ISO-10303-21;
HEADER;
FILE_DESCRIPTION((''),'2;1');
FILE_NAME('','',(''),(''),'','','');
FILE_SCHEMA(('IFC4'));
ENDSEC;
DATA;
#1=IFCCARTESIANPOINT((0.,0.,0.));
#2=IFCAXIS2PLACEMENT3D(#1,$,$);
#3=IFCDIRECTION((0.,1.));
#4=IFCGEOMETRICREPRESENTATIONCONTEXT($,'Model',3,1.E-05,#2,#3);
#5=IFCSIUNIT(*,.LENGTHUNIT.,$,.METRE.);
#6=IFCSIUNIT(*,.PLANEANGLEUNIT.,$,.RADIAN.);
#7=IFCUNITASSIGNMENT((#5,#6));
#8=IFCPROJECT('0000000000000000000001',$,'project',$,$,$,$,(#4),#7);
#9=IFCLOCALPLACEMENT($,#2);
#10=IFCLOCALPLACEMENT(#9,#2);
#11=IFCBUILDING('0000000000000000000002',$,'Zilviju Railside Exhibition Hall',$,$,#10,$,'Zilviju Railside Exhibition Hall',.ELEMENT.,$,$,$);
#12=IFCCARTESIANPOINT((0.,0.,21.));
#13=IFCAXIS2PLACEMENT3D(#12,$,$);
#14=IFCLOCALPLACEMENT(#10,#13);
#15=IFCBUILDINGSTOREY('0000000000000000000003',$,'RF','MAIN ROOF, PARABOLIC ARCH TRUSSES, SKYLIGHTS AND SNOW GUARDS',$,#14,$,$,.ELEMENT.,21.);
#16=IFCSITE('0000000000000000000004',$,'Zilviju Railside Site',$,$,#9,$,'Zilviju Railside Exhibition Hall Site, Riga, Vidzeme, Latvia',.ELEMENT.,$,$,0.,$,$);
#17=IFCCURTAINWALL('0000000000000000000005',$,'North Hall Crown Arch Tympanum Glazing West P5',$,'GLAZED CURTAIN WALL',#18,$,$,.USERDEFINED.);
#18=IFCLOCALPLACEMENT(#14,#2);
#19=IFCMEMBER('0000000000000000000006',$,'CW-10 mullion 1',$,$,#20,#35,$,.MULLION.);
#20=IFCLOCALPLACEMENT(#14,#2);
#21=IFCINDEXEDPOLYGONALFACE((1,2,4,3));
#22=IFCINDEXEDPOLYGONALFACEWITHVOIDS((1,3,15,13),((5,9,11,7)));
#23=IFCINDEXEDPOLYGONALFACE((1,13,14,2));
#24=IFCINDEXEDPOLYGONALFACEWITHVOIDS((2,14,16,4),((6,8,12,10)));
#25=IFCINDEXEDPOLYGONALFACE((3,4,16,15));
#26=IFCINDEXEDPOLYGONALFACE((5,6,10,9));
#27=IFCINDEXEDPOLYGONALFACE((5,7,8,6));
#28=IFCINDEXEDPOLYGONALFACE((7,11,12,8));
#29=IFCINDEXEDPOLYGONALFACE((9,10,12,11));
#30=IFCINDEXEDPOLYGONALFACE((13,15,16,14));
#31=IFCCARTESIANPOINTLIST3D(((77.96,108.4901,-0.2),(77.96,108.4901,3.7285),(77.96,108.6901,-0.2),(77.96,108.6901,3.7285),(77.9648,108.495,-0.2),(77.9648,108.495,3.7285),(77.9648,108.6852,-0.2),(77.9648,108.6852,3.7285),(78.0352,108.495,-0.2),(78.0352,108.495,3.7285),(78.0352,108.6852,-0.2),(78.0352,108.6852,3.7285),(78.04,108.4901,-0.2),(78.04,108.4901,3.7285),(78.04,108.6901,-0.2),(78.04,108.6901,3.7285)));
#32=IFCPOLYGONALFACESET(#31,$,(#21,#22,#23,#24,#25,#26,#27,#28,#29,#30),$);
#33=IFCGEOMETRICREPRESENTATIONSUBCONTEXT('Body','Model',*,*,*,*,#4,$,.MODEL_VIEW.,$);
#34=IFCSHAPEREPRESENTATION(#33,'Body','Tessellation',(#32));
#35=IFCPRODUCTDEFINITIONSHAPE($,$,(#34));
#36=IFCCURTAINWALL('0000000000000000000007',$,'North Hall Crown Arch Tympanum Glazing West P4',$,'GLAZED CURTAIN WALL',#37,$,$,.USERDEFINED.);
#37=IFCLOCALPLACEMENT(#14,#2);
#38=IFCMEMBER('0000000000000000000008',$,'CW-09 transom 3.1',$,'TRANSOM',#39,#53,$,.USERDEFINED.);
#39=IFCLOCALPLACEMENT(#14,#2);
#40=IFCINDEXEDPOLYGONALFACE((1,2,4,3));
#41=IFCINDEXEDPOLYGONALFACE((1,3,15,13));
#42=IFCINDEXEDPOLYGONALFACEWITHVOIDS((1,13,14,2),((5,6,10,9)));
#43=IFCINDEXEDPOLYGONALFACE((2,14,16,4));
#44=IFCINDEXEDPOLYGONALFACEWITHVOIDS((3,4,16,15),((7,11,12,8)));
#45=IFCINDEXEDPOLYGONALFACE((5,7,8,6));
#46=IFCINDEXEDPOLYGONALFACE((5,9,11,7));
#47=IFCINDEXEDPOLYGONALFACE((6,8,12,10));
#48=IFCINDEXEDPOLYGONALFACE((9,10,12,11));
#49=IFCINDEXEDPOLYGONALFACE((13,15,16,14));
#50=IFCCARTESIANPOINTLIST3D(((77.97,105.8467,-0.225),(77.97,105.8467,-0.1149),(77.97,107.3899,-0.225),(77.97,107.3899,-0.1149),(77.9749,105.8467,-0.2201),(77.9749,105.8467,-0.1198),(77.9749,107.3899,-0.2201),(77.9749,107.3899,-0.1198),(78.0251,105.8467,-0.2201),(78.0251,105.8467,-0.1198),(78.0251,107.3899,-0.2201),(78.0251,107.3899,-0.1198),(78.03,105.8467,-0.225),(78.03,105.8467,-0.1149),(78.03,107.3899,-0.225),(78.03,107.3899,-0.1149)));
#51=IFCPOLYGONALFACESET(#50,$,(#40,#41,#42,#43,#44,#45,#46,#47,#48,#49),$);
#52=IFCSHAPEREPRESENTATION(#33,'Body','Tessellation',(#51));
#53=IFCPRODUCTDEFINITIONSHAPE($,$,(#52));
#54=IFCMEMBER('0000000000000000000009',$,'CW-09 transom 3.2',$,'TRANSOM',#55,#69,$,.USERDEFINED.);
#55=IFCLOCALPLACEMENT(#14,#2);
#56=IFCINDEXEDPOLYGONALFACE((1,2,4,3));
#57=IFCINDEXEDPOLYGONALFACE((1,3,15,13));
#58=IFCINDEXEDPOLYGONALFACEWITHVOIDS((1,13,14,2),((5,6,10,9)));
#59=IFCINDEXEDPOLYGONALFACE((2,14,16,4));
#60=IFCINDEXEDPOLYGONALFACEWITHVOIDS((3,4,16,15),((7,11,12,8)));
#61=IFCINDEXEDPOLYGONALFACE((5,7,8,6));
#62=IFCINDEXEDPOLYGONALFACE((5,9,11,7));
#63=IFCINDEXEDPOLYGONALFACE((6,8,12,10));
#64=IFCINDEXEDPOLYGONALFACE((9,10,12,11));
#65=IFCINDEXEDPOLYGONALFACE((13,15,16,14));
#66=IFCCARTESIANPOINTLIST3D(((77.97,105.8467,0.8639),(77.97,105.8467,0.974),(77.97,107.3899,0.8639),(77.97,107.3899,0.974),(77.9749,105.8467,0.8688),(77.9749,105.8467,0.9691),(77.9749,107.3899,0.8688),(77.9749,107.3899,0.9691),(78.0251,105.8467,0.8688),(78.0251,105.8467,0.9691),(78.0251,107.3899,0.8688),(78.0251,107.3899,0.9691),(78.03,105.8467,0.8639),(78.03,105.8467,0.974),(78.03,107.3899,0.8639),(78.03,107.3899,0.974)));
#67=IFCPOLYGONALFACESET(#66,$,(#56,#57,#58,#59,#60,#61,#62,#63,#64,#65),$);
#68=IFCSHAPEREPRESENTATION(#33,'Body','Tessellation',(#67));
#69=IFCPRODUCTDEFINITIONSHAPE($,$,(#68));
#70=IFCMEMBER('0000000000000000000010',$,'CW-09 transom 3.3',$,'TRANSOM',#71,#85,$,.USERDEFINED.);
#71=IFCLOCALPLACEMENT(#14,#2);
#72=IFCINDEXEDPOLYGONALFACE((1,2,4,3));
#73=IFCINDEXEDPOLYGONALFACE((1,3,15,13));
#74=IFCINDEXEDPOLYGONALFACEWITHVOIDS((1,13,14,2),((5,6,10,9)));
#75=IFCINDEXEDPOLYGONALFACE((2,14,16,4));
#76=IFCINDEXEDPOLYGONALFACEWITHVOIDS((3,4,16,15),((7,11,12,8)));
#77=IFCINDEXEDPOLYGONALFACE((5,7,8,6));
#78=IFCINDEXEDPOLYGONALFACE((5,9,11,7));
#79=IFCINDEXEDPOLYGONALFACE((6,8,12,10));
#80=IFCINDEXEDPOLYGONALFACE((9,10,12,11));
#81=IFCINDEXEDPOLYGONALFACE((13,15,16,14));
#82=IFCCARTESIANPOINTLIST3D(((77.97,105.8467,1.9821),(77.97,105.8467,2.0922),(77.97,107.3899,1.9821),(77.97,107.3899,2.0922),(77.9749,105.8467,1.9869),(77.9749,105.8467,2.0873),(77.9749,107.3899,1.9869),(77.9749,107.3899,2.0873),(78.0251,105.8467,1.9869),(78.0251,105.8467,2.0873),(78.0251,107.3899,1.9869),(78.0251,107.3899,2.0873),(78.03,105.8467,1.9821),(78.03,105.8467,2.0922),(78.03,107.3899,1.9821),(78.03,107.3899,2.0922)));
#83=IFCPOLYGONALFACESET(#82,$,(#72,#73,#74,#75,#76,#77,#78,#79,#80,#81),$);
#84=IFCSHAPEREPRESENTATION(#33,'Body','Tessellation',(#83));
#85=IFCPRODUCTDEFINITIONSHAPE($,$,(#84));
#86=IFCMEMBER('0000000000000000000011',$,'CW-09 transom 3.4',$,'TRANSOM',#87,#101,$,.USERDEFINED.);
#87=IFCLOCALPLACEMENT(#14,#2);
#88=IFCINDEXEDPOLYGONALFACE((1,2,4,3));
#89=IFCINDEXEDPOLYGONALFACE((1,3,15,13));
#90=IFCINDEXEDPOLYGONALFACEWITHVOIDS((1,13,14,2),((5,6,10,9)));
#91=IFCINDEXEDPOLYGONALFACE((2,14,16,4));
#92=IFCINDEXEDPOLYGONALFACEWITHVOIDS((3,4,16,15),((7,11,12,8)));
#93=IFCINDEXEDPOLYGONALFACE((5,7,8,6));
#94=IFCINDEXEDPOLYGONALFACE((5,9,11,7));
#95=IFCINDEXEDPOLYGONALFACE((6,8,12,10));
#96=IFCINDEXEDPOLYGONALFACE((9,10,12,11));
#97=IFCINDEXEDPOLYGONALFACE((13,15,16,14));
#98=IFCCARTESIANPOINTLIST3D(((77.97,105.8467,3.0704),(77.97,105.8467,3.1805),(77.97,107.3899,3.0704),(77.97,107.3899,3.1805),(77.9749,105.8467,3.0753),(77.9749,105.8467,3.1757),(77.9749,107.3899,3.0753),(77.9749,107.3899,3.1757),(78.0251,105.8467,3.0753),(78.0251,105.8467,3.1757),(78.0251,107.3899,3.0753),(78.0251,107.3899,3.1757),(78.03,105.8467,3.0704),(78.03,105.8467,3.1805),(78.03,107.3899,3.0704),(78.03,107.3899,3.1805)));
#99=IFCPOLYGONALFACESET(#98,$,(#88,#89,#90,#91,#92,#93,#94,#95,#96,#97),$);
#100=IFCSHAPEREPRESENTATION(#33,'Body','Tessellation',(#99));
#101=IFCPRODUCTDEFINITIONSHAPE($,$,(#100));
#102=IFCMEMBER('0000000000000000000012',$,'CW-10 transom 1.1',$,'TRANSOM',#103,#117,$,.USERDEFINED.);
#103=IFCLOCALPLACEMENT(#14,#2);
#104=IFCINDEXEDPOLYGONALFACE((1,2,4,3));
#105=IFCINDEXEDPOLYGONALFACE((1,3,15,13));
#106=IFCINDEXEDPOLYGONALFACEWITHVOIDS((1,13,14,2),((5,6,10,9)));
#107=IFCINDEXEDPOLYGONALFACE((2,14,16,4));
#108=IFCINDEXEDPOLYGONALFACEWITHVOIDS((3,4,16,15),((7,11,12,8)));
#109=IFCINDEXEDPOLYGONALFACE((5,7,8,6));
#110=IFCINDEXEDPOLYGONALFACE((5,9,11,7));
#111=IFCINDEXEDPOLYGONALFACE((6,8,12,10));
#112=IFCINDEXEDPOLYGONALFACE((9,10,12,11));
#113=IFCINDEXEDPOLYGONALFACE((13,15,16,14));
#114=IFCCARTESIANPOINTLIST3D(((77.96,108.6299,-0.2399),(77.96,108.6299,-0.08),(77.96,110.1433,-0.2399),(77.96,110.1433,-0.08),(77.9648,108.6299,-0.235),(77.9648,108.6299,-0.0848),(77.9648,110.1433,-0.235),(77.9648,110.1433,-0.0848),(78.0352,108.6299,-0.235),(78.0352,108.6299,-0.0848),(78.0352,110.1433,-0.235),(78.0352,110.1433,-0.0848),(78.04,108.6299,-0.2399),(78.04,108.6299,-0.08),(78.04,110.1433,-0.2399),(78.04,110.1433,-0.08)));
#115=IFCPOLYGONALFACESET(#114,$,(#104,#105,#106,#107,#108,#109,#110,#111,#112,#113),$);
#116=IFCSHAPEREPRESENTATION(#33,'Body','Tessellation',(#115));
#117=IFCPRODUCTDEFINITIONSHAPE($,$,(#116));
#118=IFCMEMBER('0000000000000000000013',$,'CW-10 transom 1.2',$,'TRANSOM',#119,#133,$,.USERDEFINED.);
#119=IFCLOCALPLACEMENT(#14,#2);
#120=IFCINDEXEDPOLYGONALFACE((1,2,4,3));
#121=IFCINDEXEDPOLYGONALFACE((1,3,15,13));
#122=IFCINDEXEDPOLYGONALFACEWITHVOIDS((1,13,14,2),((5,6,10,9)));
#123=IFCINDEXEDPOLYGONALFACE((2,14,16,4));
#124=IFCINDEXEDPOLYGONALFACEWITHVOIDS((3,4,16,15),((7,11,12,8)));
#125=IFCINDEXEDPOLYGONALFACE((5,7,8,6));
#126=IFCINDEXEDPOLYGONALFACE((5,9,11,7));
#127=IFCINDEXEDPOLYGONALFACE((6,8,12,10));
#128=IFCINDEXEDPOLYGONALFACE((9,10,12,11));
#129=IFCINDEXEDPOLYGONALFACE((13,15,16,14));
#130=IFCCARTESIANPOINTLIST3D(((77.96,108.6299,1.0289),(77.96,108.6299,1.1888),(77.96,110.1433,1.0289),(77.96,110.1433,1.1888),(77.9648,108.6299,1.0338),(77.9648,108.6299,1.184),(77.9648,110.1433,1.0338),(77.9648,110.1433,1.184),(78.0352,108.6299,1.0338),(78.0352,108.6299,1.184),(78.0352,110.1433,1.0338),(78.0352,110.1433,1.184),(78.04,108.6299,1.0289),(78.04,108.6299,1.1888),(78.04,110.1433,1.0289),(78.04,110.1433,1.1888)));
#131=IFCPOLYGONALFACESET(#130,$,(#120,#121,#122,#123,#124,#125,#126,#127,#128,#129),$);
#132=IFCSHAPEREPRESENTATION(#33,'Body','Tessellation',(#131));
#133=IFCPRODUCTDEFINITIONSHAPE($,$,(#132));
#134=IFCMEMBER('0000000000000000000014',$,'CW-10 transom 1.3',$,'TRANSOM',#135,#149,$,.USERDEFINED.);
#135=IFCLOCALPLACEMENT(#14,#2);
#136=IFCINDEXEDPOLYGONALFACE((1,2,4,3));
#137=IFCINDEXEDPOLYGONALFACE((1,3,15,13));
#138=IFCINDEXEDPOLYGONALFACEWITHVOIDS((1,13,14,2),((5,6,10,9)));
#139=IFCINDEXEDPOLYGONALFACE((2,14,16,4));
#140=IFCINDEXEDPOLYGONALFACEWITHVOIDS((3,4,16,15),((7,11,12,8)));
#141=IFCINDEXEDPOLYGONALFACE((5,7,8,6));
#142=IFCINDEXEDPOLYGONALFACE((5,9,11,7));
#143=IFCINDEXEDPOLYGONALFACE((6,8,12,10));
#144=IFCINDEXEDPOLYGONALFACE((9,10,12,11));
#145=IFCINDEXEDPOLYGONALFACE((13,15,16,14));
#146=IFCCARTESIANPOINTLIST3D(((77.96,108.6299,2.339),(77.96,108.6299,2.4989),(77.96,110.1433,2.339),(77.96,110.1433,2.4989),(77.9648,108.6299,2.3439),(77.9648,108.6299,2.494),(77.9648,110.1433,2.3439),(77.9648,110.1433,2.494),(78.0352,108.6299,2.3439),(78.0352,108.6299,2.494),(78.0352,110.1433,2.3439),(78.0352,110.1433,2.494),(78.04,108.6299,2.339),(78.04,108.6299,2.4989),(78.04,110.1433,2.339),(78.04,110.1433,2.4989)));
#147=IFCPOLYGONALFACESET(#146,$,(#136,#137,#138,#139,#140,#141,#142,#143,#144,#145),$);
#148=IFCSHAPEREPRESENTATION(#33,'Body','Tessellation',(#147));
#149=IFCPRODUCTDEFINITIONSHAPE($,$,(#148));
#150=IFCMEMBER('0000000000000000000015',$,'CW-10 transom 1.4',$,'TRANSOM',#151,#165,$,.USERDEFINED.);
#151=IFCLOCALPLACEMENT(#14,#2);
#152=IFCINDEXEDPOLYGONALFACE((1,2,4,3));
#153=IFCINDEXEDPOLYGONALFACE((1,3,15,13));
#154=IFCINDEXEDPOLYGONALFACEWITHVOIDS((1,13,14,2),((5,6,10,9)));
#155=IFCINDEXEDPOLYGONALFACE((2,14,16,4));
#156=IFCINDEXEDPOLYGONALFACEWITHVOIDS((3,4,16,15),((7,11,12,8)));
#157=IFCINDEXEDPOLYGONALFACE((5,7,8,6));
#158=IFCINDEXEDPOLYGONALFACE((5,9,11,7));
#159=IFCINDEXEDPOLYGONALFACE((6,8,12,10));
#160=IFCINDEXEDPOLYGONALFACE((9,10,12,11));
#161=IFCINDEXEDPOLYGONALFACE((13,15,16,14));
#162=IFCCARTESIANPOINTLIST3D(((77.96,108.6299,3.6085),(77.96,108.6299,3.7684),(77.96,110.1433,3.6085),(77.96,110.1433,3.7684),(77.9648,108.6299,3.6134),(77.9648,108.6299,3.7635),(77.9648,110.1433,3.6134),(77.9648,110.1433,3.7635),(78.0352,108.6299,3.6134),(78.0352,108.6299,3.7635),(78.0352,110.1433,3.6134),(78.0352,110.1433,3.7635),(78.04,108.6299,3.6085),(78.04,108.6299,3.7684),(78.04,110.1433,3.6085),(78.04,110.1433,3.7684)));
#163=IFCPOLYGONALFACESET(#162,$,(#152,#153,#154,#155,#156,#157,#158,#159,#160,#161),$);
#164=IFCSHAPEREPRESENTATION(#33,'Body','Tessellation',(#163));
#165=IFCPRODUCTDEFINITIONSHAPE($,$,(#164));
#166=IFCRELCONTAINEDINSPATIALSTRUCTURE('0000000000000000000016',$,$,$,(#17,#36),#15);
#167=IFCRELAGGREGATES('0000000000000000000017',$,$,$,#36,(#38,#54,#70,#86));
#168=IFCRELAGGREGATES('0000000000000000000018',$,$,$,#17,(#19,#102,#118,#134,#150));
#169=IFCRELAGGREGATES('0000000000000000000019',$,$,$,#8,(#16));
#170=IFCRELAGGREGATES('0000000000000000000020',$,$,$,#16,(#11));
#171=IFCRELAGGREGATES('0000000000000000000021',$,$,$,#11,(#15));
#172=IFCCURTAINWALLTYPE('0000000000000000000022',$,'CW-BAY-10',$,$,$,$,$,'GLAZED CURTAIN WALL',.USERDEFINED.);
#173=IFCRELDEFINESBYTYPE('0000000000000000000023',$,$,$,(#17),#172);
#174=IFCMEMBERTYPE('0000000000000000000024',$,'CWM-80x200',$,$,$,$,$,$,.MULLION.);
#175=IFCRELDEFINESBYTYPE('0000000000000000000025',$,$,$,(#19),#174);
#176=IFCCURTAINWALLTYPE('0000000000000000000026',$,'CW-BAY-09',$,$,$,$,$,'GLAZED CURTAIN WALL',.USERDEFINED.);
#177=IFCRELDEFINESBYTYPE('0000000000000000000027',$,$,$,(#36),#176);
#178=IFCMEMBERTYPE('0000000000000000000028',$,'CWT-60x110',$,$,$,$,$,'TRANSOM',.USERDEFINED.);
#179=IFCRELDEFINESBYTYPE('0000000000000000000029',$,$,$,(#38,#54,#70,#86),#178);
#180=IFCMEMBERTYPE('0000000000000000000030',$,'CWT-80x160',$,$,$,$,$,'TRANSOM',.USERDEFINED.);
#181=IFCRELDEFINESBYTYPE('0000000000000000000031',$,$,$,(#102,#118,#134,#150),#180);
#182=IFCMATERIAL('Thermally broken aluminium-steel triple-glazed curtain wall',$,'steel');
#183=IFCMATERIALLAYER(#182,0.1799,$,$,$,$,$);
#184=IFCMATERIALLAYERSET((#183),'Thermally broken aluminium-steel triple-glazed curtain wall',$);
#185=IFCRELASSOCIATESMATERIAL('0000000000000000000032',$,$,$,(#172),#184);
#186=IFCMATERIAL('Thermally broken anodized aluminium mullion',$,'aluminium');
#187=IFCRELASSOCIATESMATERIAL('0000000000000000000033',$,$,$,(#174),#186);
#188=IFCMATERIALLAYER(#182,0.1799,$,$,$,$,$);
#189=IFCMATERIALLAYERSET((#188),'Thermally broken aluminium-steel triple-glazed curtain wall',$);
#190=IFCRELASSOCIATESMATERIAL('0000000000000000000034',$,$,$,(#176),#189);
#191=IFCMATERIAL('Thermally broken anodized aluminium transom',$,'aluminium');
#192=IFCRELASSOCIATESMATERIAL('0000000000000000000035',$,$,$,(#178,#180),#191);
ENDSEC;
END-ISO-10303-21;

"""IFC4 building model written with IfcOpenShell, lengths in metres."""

from ifc_helpers import new_model, si_unit, direction, frame, origin, origin_2d, place, context, subcontext, project, spatial, hollow_rectangle, extrude, material, layer, layer_set, material_profile, profile_set, type_object, element, aggregate, save


model = new_model("IFC4")

# Units and contexts
model_context = context("Model", 3, precision=1e-05, world=origin(), true_north=direction((0.0, 1.0)))
body_context = subcontext(model_context, "Body", "Model", "MODEL_VIEW")
ifc_project = project(units=[si_unit("LENGTHUNIT", "METRE"), si_unit("PLANEANGLEUNIT", "RADIAN")], contexts=[model_context])

# Site, building, storey
site_placement = place(None, origin())
site = spatial("IfcSite", under=ifc_project, at=site_placement, Name="Zilviju Railside Site", LongName="Zilviju Railside Exhibition Hall Site, Riga, Vidzeme, Latvia", CompositionType="ELEMENT", RefElevation=0.0)
building_placement = place(site_placement, origin())
building = spatial("IfcBuilding", under=site, at=building_placement, Name="Zilviju Railside Exhibition Hall", LongName="Zilviju Railside Exhibition Hall", CompositionType="ELEMENT")
storey_placement = place(building_placement, frame((0.0, 0.0, 21.0)))
storey = spatial("IfcBuildingStorey", under=building, at=storey_placement, Name="RF", Description="MAIN ROOF, PARABOLIC ARCH TRUSSES, SKYLIGHTS AND SNOW GUARDS", CompositionType="ELEMENT", Elevation=21.0)

# Curtain wall, member
ifc_material_1 = material(Name="Thermally broken aluminium-steel triple-glazed curtain wall", Category="steel")
ifc_layer_1 = layer(ifc_material_1, 0.1799)
ifc_layer_set_1 = layer_set([ifc_layer_1], Name="Thermally broken aluminium-steel triple-glazed curtain wall")
curtain_wall_type_1 = type_object("IfcCurtainWallType", Name="CW-BAY-10", ElementType="GLAZED CURTAIN WALL", PredefinedType="USERDEFINED", material=ifc_layer_set_1)
curtain_wall_1_placement = place(storey_placement, origin())
curtain_wall_1 = element("IfcCurtainWall", 1, at=curtain_wall_1_placement, inside=storey, type_object=curtain_wall_type_1, Name="North Hall Crown Arch Tympanum Glazing West P5", ObjectType="GLAZED CURTAIN WALL", PredefinedType="USERDEFINED")
ifc_material_2 = material(Name="Thermally broken anodized aluminium mullion", Category="aluminium")
ifc_material_profile_1 = material_profile(ifc_material_2, hollow_rectangle(XDim=0.0801, YDim=0.2, WallThickness=0.0049, at=origin_2d()), Name="MULLION 200x80x5")
ifc_profile_set_1 = profile_set([ifc_material_profile_1], Name="Thermally broken anodized aluminium mullion")
member_type_1 = type_object("IfcMemberType", Name="CWM-80x200", PredefinedType="MULLION", material=ifc_profile_set_1)
member_1_placement = place(storey_placement, frame((78.0, 108.5901, -0.2), z_axis=(0.0, 0.0, 1.0), x_axis=(-1.0, 0.0, 0.0)))
member_1 = element("IfcMember", 2, at=member_1_placement, type_object=member_type_1, Name="CW-10 mullion 1", PredefinedType="MULLION", context=body_context, shape_type="SweptSolid", body=[
    extrude(hollow_rectangle(XDim=0.0801, YDim=0.2, WallThickness=0.0049, at=origin_2d()), origin(), (0.0, 0.0, 1.0), 3.9285),
])

# Curtain wall, members
ifc_layer_2 = layer(ifc_material_1, 0.1799)
ifc_layer_set_2 = layer_set([ifc_layer_2], Name="Thermally broken aluminium-steel triple-glazed curtain wall")
curtain_wall_type_2 = type_object("IfcCurtainWallType", Name="CW-BAY-09", ElementType="GLAZED CURTAIN WALL", PredefinedType="USERDEFINED", material=ifc_layer_set_2)
curtain_wall_2_placement = place(storey_placement, origin())
curtain_wall_2 = element("IfcCurtainWall", 3, at=curtain_wall_2_placement, inside=storey, type_object=curtain_wall_type_2, Name="North Hall Crown Arch Tympanum Glazing West P4", ObjectType="GLAZED CURTAIN WALL", PredefinedType="USERDEFINED")
ifc_material_3 = material(Name="Thermally broken anodized aluminium transom", Category="aluminium")
ifc_material_profile_2 = material_profile(ifc_material_3, hollow_rectangle(XDim=0.0601, YDim=0.1101, WallThickness=0.0049, at=origin_2d()), Name="TRANSOM 110x60x5")
ifc_profile_set_2 = profile_set([ifc_material_profile_2], Name="Thermally broken anodized aluminium transom")
member_type_2 = type_object("IfcMemberType", Name="CWT-60x110", ElementType="TRANSOM", PredefinedType="USERDEFINED", material=ifc_profile_set_2)
member_2_placement = place(storey_placement, frame((78.0, 105.8467, -0.1699), z_axis=(0.0, 1.0, 0.0), x_axis=(-1.0, 0.0, 0.0)))
member_2 = element("IfcMember", 4, at=member_2_placement, type_object=member_type_2, Name="CW-09 transom 3.1", ObjectType="TRANSOM", PredefinedType="USERDEFINED", context=body_context, shape_type="SweptSolid", body=[
    extrude(hollow_rectangle(XDim=0.0601, YDim=0.1101, WallThickness=0.0049, at=origin_2d()), origin(), (0.0, 0.0, 1.0), 1.5432),
])
member_3_placement = place(storey_placement, frame((78.0, 105.8467, 0.9189), z_axis=(0.0, 1.0, 0.0), x_axis=(-1.0, 0.0, 0.0)))
member_3 = element("IfcMember", 5, at=member_3_placement, type_object=member_type_2, Name="CW-09 transom 3.2", ObjectType="TRANSOM", PredefinedType="USERDEFINED", context=body_context, shape_type="SweptSolid", body=[
    extrude(hollow_rectangle(XDim=0.0601, YDim=0.1101, WallThickness=0.0049, at=origin_2d()), origin(), (0.0, 0.0, 1.0), 1.5432),
])
member_4_placement = place(storey_placement, frame((78.0, 105.8467, 2.0371), z_axis=(0.0, 1.0, 0.0), x_axis=(-1.0, 0.0, 0.0)))
member_4 = element("IfcMember", 6, at=member_4_placement, type_object=member_type_2, Name="CW-09 transom 3.3", ObjectType="TRANSOM", PredefinedType="USERDEFINED", context=body_context, shape_type="SweptSolid", body=[
    extrude(hollow_rectangle(XDim=0.0601, YDim=0.1101, WallThickness=0.0049, at=origin_2d()), origin(), (0.0, 0.0, 1.0), 1.5432),
])
member_5_placement = place(storey_placement, frame((78.0, 105.8467, 3.1255), z_axis=(0.0, 1.0, 0.0), x_axis=(-1.0, 0.0, 0.0)))
member_5 = element("IfcMember", 7, at=member_5_placement, type_object=member_type_2, Name="CW-09 transom 3.4", ObjectType="TRANSOM", PredefinedType="USERDEFINED", context=body_context, shape_type="SweptSolid", body=[
    extrude(hollow_rectangle(XDim=0.0601, YDim=0.1101, WallThickness=0.0049, at=origin_2d()), origin(), (0.0, 0.0, 1.0), 1.5432),
])

# Members
ifc_material_profile_3 = material_profile(ifc_material_3, hollow_rectangle(XDim=0.0801, YDim=0.1599, WallThickness=0.0049, at=origin_2d()), Name="TRANSOM 160x80x5")
ifc_profile_set_3 = profile_set([ifc_material_profile_3], Name="Thermally broken anodized aluminium transom")
member_type_3 = type_object("IfcMemberType", Name="CWT-80x160", ElementType="TRANSOM", PredefinedType="USERDEFINED", material=ifc_profile_set_3)
member_6_placement = place(storey_placement, frame((78.0, 108.6299, -0.1599), z_axis=(0.0, 1.0, 0.0), x_axis=(-1.0, 0.0, 0.0)))
member_6 = element("IfcMember", 8, at=member_6_placement, type_object=member_type_3, Name="CW-10 transom 1.1", ObjectType="TRANSOM", PredefinedType="USERDEFINED", context=body_context, shape_type="SweptSolid", body=[
    extrude(hollow_rectangle(XDim=0.0801, YDim=0.1599, WallThickness=0.0049, at=origin_2d()), origin(), (0.0, 0.0, 1.0), 1.5134),
])
member_7_placement = place(storey_placement, frame((78.0, 108.6299, 1.1089), z_axis=(0.0, 1.0, 0.0), x_axis=(-1.0, 0.0, 0.0)))
member_7 = element("IfcMember", 9, at=member_7_placement, type_object=member_type_3, Name="CW-10 transom 1.2", ObjectType="TRANSOM", PredefinedType="USERDEFINED", context=body_context, shape_type="SweptSolid", body=[
    extrude(hollow_rectangle(XDim=0.0801, YDim=0.1599, WallThickness=0.0049, at=origin_2d()), origin(), (0.0, 0.0, 1.0), 1.5134),
])
member_8_placement = place(storey_placement, frame((78.0, 108.6299, 2.4189), z_axis=(0.0, 1.0, 0.0), x_axis=(-1.0, 0.0, 0.0)))
member_8 = element("IfcMember", 10, at=member_8_placement, type_object=member_type_3, Name="CW-10 transom 1.3", ObjectType="TRANSOM", PredefinedType="USERDEFINED", context=body_context, shape_type="SweptSolid", body=[
    extrude(hollow_rectangle(XDim=0.0801, YDim=0.1599, WallThickness=0.0049, at=origin_2d()), origin(), (0.0, 0.0, 1.0), 1.5134),
])
member_9_placement = place(storey_placement, frame((78.0, 108.6299, 3.6885), z_axis=(0.0, 1.0, 0.0), x_axis=(-1.0, 0.0, 0.0)))
member_9 = element("IfcMember", 11, at=member_9_placement, type_object=member_type_3, Name="CW-10 transom 1.4", ObjectType="TRANSOM", PredefinedType="USERDEFINED", context=body_context, shape_type="SweptSolid", body=[
    extrude(hollow_rectangle(XDim=0.0801, YDim=0.1599, WallThickness=0.0049, at=origin_2d()), origin(), (0.0, 0.0, 1.0), 1.5134),
])

aggregate(curtain_wall_2, [member_2, member_3, member_4, member_5])
aggregate(curtain_wall_1, [member_1, member_6, member_7, member_8, member_9])

save(model, "model.ifc")
